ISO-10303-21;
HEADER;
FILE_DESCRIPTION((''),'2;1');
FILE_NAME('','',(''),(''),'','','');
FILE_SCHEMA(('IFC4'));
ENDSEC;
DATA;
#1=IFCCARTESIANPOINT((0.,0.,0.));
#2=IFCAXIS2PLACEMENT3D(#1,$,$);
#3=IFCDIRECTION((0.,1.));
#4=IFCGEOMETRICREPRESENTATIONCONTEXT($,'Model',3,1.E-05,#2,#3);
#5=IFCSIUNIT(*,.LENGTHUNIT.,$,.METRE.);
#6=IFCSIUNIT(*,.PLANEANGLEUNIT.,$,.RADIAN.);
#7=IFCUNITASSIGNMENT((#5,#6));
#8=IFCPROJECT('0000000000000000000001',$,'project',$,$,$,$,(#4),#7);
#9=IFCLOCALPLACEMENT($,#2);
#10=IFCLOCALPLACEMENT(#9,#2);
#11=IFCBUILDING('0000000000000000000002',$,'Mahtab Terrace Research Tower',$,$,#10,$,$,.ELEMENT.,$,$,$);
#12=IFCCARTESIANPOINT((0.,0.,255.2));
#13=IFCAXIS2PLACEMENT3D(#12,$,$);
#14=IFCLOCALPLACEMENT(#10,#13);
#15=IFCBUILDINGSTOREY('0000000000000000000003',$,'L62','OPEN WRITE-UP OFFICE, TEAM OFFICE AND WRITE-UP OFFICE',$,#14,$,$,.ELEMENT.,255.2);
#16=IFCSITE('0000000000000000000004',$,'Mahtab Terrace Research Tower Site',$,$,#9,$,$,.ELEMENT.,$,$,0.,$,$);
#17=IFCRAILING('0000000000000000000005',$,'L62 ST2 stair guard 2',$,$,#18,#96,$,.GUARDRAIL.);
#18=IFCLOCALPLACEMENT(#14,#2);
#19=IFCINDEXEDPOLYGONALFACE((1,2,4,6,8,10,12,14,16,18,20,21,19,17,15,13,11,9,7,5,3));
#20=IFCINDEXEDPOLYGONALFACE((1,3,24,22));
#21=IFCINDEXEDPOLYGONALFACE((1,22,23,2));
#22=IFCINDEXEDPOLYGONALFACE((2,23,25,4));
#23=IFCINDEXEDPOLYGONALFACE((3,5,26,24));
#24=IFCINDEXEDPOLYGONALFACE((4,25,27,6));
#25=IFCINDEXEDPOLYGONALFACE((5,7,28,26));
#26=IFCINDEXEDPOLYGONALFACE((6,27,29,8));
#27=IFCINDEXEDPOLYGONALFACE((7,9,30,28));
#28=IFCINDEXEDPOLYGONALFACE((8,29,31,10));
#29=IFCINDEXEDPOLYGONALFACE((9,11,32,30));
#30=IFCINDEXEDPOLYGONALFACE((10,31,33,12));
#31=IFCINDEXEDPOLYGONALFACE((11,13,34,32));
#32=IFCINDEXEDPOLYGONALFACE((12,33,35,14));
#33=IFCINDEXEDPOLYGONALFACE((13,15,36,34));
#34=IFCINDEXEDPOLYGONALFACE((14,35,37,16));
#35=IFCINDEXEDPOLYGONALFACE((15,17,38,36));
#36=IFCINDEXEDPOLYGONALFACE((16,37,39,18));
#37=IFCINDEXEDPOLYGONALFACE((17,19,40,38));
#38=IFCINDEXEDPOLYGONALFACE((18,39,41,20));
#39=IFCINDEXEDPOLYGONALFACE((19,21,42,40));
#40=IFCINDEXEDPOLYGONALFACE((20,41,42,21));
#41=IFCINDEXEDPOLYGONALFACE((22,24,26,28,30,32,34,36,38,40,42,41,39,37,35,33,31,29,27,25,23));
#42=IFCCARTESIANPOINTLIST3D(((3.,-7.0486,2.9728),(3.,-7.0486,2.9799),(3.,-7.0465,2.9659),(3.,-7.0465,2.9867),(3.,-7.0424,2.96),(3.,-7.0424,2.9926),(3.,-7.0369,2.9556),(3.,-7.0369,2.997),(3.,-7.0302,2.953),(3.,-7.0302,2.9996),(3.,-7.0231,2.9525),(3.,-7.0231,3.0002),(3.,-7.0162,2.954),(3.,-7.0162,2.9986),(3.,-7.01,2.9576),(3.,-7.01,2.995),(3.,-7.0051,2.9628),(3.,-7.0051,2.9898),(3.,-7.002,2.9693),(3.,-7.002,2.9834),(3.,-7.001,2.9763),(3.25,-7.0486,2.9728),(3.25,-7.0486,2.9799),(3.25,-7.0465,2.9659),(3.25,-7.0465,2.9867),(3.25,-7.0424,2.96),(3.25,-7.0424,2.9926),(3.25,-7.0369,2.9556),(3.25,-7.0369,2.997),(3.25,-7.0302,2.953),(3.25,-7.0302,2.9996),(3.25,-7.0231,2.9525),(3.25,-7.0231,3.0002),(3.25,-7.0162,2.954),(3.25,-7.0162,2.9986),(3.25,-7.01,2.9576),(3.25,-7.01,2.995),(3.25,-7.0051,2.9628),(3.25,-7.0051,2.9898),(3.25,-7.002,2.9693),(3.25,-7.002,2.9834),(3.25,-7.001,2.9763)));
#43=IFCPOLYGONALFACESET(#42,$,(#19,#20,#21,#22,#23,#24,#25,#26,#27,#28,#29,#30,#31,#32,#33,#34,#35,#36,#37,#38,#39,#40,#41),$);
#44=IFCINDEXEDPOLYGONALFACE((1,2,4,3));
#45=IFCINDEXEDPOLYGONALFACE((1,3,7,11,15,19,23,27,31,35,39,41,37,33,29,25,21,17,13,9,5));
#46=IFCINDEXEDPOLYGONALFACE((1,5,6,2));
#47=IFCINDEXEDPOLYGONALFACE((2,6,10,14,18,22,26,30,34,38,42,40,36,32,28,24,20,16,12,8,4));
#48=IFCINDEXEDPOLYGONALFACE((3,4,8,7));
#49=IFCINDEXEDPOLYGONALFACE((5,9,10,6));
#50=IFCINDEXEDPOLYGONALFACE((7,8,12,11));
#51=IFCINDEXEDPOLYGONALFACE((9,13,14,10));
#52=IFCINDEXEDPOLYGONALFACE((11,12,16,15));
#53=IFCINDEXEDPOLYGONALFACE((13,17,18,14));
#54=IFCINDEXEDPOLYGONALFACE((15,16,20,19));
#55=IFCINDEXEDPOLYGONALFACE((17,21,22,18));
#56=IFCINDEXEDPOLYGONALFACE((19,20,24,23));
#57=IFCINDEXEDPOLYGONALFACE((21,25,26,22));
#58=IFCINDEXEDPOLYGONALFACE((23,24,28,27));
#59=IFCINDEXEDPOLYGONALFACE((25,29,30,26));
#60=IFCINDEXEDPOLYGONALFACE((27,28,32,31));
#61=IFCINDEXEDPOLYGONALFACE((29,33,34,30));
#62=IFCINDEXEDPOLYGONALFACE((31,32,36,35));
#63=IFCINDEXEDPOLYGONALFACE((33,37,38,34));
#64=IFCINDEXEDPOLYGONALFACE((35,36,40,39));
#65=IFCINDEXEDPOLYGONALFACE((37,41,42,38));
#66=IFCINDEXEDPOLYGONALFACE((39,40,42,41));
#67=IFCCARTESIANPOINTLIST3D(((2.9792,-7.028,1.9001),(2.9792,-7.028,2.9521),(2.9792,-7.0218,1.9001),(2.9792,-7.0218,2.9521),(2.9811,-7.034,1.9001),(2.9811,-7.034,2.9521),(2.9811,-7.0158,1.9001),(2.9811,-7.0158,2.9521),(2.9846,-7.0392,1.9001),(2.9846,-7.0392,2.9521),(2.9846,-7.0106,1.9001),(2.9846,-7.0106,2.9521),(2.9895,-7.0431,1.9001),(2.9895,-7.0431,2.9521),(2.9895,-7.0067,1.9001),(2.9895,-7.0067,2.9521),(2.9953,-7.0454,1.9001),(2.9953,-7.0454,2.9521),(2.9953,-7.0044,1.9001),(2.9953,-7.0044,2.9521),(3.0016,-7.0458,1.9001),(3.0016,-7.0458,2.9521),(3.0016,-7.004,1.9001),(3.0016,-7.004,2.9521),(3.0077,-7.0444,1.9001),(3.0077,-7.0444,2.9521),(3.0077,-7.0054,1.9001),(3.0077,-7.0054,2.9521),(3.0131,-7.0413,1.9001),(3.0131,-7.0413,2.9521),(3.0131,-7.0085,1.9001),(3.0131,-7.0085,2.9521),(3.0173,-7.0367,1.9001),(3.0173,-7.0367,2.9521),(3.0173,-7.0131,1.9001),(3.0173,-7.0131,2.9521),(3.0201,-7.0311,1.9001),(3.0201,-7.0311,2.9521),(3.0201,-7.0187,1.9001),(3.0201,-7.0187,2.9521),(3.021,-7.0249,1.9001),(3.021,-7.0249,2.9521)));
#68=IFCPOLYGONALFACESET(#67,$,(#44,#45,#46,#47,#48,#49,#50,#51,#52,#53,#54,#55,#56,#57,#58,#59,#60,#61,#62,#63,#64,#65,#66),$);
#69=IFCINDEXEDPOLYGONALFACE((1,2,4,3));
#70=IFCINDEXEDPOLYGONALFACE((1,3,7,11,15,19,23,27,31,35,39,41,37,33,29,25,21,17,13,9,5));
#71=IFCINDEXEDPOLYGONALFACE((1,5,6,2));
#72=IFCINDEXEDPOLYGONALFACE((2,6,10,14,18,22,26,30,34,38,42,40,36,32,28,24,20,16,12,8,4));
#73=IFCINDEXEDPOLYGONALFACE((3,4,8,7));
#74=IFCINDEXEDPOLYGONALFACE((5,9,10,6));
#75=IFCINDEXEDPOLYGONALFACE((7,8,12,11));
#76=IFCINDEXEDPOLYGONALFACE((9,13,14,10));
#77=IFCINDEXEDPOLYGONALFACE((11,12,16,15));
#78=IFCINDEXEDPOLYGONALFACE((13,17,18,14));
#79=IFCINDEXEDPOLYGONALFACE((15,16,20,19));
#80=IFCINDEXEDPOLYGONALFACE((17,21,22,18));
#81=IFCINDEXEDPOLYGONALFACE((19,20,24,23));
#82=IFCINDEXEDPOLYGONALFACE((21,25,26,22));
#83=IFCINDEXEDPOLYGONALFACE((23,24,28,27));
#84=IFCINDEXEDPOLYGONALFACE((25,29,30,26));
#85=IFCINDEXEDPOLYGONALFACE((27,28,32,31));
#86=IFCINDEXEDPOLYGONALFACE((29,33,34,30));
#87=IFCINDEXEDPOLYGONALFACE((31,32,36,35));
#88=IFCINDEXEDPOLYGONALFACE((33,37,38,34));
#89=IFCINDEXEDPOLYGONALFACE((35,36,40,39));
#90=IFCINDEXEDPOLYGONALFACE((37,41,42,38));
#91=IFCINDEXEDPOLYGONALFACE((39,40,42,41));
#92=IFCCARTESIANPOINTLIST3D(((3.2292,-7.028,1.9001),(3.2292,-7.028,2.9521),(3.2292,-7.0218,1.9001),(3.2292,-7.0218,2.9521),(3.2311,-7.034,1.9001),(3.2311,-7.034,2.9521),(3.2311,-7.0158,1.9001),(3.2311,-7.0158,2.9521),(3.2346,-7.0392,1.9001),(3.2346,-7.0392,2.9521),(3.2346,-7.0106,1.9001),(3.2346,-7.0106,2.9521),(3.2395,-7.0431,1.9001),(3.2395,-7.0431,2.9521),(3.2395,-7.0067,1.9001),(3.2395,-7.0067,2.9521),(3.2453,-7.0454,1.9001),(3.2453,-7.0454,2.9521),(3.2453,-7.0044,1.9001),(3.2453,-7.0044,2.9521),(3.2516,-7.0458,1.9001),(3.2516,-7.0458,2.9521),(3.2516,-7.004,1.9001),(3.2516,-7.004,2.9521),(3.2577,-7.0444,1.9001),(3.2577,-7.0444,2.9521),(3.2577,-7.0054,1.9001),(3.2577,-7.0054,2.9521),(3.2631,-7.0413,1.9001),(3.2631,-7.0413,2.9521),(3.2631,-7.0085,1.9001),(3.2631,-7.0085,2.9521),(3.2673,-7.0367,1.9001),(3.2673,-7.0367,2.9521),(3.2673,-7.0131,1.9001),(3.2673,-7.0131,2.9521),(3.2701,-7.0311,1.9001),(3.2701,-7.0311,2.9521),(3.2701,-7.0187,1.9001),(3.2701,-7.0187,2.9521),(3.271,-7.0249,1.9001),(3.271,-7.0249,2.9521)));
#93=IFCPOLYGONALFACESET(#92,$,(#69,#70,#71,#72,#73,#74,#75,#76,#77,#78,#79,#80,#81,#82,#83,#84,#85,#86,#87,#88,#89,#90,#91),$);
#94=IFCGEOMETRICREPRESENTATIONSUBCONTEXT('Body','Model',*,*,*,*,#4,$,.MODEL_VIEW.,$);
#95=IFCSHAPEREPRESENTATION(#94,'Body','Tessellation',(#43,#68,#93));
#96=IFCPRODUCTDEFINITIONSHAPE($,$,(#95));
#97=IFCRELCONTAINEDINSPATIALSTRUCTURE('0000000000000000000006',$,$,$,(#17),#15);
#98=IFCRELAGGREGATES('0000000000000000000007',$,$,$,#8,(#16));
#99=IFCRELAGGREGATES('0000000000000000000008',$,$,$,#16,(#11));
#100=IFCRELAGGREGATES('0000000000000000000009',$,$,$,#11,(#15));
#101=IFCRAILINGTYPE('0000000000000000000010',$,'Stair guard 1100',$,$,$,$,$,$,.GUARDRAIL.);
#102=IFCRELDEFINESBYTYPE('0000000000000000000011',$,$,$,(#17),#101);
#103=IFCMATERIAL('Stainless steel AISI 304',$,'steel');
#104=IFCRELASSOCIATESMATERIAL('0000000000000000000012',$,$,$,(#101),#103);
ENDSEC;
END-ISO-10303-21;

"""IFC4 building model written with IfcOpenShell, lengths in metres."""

from ifc_helpers import new_model, si_unit, direction, frame, origin, origin_2d, place, context, subcontext, project, spatial, circle, extrude, material, type_object, element, save


model = new_model("IFC4")

# Units and contexts
model_context = context("Model", 3, precision=1e-05, world=origin(), true_north=direction((0.0, 1.0)))
body_context = subcontext(model_context, "Body", "Model", "MODEL_VIEW")
ifc_project = project(units=[si_unit("LENGTHUNIT", "METRE"), si_unit("PLANEANGLEUNIT", "RADIAN")], contexts=[model_context])

# Site, building, storey
site_placement = place(None, origin())
site = spatial("IfcSite", under=ifc_project, at=site_placement, Name="Mahtab Terrace Research Tower Site", CompositionType="ELEMENT", RefElevation=0.0)
building_placement = place(site_placement, origin())
building = spatial("IfcBuilding", under=site, at=building_placement, Name="Mahtab Terrace Research Tower", CompositionType="ELEMENT")
storey_placement = place(building_placement, frame((0.0, 0.0, 255.2)))
storey = spatial("IfcBuildingStorey", under=building, at=storey_placement, Name="L62", Description="OPEN WRITE-UP OFFICE, TEAM OFFICE AND WRITE-UP OFFICE", CompositionType="ELEMENT", Elevation=255.2)

# Railing
ifc_material_1 = material(Name="Stainless steel AISI 304", Category="steel")
railing_type_1 = type_object("IfcRailingType", Name="Stair guard 1100", PredefinedType="GUARDRAIL", material=ifc_material_1)
railing_1_placement = place(storey_placement, frame((3.0, -7.0249, 1.9001)))
element("IfcRailing", 1, at=railing_1_placement, inside=storey, type_object=railing_type_1, Name="L62 ST2 stair guard 2", PredefinedType="GUARDRAIL", context=body_context, shape_type="SweptSolid", body=[
    extrude(circle(Radius=0.0239, at=origin_2d()), frame((0.0, 0.0, 1.0762), z_axis=(1.0, 0.0, 0.0), x_axis=(0.0, 1.0, 0.0)), (0.0, 0.0, 1.0), 0.25),
    extrude(circle(Radius=0.021, at=origin_2d()), origin(), (0.0, 0.0, 1.0), 1.052),
    extrude(circle(Radius=0.021, at=origin_2d()), frame((0.25, 0.0, 0.0)), (0.0, 0.0, 1.0), 1.052),
])

save(model, "model.ifc")
